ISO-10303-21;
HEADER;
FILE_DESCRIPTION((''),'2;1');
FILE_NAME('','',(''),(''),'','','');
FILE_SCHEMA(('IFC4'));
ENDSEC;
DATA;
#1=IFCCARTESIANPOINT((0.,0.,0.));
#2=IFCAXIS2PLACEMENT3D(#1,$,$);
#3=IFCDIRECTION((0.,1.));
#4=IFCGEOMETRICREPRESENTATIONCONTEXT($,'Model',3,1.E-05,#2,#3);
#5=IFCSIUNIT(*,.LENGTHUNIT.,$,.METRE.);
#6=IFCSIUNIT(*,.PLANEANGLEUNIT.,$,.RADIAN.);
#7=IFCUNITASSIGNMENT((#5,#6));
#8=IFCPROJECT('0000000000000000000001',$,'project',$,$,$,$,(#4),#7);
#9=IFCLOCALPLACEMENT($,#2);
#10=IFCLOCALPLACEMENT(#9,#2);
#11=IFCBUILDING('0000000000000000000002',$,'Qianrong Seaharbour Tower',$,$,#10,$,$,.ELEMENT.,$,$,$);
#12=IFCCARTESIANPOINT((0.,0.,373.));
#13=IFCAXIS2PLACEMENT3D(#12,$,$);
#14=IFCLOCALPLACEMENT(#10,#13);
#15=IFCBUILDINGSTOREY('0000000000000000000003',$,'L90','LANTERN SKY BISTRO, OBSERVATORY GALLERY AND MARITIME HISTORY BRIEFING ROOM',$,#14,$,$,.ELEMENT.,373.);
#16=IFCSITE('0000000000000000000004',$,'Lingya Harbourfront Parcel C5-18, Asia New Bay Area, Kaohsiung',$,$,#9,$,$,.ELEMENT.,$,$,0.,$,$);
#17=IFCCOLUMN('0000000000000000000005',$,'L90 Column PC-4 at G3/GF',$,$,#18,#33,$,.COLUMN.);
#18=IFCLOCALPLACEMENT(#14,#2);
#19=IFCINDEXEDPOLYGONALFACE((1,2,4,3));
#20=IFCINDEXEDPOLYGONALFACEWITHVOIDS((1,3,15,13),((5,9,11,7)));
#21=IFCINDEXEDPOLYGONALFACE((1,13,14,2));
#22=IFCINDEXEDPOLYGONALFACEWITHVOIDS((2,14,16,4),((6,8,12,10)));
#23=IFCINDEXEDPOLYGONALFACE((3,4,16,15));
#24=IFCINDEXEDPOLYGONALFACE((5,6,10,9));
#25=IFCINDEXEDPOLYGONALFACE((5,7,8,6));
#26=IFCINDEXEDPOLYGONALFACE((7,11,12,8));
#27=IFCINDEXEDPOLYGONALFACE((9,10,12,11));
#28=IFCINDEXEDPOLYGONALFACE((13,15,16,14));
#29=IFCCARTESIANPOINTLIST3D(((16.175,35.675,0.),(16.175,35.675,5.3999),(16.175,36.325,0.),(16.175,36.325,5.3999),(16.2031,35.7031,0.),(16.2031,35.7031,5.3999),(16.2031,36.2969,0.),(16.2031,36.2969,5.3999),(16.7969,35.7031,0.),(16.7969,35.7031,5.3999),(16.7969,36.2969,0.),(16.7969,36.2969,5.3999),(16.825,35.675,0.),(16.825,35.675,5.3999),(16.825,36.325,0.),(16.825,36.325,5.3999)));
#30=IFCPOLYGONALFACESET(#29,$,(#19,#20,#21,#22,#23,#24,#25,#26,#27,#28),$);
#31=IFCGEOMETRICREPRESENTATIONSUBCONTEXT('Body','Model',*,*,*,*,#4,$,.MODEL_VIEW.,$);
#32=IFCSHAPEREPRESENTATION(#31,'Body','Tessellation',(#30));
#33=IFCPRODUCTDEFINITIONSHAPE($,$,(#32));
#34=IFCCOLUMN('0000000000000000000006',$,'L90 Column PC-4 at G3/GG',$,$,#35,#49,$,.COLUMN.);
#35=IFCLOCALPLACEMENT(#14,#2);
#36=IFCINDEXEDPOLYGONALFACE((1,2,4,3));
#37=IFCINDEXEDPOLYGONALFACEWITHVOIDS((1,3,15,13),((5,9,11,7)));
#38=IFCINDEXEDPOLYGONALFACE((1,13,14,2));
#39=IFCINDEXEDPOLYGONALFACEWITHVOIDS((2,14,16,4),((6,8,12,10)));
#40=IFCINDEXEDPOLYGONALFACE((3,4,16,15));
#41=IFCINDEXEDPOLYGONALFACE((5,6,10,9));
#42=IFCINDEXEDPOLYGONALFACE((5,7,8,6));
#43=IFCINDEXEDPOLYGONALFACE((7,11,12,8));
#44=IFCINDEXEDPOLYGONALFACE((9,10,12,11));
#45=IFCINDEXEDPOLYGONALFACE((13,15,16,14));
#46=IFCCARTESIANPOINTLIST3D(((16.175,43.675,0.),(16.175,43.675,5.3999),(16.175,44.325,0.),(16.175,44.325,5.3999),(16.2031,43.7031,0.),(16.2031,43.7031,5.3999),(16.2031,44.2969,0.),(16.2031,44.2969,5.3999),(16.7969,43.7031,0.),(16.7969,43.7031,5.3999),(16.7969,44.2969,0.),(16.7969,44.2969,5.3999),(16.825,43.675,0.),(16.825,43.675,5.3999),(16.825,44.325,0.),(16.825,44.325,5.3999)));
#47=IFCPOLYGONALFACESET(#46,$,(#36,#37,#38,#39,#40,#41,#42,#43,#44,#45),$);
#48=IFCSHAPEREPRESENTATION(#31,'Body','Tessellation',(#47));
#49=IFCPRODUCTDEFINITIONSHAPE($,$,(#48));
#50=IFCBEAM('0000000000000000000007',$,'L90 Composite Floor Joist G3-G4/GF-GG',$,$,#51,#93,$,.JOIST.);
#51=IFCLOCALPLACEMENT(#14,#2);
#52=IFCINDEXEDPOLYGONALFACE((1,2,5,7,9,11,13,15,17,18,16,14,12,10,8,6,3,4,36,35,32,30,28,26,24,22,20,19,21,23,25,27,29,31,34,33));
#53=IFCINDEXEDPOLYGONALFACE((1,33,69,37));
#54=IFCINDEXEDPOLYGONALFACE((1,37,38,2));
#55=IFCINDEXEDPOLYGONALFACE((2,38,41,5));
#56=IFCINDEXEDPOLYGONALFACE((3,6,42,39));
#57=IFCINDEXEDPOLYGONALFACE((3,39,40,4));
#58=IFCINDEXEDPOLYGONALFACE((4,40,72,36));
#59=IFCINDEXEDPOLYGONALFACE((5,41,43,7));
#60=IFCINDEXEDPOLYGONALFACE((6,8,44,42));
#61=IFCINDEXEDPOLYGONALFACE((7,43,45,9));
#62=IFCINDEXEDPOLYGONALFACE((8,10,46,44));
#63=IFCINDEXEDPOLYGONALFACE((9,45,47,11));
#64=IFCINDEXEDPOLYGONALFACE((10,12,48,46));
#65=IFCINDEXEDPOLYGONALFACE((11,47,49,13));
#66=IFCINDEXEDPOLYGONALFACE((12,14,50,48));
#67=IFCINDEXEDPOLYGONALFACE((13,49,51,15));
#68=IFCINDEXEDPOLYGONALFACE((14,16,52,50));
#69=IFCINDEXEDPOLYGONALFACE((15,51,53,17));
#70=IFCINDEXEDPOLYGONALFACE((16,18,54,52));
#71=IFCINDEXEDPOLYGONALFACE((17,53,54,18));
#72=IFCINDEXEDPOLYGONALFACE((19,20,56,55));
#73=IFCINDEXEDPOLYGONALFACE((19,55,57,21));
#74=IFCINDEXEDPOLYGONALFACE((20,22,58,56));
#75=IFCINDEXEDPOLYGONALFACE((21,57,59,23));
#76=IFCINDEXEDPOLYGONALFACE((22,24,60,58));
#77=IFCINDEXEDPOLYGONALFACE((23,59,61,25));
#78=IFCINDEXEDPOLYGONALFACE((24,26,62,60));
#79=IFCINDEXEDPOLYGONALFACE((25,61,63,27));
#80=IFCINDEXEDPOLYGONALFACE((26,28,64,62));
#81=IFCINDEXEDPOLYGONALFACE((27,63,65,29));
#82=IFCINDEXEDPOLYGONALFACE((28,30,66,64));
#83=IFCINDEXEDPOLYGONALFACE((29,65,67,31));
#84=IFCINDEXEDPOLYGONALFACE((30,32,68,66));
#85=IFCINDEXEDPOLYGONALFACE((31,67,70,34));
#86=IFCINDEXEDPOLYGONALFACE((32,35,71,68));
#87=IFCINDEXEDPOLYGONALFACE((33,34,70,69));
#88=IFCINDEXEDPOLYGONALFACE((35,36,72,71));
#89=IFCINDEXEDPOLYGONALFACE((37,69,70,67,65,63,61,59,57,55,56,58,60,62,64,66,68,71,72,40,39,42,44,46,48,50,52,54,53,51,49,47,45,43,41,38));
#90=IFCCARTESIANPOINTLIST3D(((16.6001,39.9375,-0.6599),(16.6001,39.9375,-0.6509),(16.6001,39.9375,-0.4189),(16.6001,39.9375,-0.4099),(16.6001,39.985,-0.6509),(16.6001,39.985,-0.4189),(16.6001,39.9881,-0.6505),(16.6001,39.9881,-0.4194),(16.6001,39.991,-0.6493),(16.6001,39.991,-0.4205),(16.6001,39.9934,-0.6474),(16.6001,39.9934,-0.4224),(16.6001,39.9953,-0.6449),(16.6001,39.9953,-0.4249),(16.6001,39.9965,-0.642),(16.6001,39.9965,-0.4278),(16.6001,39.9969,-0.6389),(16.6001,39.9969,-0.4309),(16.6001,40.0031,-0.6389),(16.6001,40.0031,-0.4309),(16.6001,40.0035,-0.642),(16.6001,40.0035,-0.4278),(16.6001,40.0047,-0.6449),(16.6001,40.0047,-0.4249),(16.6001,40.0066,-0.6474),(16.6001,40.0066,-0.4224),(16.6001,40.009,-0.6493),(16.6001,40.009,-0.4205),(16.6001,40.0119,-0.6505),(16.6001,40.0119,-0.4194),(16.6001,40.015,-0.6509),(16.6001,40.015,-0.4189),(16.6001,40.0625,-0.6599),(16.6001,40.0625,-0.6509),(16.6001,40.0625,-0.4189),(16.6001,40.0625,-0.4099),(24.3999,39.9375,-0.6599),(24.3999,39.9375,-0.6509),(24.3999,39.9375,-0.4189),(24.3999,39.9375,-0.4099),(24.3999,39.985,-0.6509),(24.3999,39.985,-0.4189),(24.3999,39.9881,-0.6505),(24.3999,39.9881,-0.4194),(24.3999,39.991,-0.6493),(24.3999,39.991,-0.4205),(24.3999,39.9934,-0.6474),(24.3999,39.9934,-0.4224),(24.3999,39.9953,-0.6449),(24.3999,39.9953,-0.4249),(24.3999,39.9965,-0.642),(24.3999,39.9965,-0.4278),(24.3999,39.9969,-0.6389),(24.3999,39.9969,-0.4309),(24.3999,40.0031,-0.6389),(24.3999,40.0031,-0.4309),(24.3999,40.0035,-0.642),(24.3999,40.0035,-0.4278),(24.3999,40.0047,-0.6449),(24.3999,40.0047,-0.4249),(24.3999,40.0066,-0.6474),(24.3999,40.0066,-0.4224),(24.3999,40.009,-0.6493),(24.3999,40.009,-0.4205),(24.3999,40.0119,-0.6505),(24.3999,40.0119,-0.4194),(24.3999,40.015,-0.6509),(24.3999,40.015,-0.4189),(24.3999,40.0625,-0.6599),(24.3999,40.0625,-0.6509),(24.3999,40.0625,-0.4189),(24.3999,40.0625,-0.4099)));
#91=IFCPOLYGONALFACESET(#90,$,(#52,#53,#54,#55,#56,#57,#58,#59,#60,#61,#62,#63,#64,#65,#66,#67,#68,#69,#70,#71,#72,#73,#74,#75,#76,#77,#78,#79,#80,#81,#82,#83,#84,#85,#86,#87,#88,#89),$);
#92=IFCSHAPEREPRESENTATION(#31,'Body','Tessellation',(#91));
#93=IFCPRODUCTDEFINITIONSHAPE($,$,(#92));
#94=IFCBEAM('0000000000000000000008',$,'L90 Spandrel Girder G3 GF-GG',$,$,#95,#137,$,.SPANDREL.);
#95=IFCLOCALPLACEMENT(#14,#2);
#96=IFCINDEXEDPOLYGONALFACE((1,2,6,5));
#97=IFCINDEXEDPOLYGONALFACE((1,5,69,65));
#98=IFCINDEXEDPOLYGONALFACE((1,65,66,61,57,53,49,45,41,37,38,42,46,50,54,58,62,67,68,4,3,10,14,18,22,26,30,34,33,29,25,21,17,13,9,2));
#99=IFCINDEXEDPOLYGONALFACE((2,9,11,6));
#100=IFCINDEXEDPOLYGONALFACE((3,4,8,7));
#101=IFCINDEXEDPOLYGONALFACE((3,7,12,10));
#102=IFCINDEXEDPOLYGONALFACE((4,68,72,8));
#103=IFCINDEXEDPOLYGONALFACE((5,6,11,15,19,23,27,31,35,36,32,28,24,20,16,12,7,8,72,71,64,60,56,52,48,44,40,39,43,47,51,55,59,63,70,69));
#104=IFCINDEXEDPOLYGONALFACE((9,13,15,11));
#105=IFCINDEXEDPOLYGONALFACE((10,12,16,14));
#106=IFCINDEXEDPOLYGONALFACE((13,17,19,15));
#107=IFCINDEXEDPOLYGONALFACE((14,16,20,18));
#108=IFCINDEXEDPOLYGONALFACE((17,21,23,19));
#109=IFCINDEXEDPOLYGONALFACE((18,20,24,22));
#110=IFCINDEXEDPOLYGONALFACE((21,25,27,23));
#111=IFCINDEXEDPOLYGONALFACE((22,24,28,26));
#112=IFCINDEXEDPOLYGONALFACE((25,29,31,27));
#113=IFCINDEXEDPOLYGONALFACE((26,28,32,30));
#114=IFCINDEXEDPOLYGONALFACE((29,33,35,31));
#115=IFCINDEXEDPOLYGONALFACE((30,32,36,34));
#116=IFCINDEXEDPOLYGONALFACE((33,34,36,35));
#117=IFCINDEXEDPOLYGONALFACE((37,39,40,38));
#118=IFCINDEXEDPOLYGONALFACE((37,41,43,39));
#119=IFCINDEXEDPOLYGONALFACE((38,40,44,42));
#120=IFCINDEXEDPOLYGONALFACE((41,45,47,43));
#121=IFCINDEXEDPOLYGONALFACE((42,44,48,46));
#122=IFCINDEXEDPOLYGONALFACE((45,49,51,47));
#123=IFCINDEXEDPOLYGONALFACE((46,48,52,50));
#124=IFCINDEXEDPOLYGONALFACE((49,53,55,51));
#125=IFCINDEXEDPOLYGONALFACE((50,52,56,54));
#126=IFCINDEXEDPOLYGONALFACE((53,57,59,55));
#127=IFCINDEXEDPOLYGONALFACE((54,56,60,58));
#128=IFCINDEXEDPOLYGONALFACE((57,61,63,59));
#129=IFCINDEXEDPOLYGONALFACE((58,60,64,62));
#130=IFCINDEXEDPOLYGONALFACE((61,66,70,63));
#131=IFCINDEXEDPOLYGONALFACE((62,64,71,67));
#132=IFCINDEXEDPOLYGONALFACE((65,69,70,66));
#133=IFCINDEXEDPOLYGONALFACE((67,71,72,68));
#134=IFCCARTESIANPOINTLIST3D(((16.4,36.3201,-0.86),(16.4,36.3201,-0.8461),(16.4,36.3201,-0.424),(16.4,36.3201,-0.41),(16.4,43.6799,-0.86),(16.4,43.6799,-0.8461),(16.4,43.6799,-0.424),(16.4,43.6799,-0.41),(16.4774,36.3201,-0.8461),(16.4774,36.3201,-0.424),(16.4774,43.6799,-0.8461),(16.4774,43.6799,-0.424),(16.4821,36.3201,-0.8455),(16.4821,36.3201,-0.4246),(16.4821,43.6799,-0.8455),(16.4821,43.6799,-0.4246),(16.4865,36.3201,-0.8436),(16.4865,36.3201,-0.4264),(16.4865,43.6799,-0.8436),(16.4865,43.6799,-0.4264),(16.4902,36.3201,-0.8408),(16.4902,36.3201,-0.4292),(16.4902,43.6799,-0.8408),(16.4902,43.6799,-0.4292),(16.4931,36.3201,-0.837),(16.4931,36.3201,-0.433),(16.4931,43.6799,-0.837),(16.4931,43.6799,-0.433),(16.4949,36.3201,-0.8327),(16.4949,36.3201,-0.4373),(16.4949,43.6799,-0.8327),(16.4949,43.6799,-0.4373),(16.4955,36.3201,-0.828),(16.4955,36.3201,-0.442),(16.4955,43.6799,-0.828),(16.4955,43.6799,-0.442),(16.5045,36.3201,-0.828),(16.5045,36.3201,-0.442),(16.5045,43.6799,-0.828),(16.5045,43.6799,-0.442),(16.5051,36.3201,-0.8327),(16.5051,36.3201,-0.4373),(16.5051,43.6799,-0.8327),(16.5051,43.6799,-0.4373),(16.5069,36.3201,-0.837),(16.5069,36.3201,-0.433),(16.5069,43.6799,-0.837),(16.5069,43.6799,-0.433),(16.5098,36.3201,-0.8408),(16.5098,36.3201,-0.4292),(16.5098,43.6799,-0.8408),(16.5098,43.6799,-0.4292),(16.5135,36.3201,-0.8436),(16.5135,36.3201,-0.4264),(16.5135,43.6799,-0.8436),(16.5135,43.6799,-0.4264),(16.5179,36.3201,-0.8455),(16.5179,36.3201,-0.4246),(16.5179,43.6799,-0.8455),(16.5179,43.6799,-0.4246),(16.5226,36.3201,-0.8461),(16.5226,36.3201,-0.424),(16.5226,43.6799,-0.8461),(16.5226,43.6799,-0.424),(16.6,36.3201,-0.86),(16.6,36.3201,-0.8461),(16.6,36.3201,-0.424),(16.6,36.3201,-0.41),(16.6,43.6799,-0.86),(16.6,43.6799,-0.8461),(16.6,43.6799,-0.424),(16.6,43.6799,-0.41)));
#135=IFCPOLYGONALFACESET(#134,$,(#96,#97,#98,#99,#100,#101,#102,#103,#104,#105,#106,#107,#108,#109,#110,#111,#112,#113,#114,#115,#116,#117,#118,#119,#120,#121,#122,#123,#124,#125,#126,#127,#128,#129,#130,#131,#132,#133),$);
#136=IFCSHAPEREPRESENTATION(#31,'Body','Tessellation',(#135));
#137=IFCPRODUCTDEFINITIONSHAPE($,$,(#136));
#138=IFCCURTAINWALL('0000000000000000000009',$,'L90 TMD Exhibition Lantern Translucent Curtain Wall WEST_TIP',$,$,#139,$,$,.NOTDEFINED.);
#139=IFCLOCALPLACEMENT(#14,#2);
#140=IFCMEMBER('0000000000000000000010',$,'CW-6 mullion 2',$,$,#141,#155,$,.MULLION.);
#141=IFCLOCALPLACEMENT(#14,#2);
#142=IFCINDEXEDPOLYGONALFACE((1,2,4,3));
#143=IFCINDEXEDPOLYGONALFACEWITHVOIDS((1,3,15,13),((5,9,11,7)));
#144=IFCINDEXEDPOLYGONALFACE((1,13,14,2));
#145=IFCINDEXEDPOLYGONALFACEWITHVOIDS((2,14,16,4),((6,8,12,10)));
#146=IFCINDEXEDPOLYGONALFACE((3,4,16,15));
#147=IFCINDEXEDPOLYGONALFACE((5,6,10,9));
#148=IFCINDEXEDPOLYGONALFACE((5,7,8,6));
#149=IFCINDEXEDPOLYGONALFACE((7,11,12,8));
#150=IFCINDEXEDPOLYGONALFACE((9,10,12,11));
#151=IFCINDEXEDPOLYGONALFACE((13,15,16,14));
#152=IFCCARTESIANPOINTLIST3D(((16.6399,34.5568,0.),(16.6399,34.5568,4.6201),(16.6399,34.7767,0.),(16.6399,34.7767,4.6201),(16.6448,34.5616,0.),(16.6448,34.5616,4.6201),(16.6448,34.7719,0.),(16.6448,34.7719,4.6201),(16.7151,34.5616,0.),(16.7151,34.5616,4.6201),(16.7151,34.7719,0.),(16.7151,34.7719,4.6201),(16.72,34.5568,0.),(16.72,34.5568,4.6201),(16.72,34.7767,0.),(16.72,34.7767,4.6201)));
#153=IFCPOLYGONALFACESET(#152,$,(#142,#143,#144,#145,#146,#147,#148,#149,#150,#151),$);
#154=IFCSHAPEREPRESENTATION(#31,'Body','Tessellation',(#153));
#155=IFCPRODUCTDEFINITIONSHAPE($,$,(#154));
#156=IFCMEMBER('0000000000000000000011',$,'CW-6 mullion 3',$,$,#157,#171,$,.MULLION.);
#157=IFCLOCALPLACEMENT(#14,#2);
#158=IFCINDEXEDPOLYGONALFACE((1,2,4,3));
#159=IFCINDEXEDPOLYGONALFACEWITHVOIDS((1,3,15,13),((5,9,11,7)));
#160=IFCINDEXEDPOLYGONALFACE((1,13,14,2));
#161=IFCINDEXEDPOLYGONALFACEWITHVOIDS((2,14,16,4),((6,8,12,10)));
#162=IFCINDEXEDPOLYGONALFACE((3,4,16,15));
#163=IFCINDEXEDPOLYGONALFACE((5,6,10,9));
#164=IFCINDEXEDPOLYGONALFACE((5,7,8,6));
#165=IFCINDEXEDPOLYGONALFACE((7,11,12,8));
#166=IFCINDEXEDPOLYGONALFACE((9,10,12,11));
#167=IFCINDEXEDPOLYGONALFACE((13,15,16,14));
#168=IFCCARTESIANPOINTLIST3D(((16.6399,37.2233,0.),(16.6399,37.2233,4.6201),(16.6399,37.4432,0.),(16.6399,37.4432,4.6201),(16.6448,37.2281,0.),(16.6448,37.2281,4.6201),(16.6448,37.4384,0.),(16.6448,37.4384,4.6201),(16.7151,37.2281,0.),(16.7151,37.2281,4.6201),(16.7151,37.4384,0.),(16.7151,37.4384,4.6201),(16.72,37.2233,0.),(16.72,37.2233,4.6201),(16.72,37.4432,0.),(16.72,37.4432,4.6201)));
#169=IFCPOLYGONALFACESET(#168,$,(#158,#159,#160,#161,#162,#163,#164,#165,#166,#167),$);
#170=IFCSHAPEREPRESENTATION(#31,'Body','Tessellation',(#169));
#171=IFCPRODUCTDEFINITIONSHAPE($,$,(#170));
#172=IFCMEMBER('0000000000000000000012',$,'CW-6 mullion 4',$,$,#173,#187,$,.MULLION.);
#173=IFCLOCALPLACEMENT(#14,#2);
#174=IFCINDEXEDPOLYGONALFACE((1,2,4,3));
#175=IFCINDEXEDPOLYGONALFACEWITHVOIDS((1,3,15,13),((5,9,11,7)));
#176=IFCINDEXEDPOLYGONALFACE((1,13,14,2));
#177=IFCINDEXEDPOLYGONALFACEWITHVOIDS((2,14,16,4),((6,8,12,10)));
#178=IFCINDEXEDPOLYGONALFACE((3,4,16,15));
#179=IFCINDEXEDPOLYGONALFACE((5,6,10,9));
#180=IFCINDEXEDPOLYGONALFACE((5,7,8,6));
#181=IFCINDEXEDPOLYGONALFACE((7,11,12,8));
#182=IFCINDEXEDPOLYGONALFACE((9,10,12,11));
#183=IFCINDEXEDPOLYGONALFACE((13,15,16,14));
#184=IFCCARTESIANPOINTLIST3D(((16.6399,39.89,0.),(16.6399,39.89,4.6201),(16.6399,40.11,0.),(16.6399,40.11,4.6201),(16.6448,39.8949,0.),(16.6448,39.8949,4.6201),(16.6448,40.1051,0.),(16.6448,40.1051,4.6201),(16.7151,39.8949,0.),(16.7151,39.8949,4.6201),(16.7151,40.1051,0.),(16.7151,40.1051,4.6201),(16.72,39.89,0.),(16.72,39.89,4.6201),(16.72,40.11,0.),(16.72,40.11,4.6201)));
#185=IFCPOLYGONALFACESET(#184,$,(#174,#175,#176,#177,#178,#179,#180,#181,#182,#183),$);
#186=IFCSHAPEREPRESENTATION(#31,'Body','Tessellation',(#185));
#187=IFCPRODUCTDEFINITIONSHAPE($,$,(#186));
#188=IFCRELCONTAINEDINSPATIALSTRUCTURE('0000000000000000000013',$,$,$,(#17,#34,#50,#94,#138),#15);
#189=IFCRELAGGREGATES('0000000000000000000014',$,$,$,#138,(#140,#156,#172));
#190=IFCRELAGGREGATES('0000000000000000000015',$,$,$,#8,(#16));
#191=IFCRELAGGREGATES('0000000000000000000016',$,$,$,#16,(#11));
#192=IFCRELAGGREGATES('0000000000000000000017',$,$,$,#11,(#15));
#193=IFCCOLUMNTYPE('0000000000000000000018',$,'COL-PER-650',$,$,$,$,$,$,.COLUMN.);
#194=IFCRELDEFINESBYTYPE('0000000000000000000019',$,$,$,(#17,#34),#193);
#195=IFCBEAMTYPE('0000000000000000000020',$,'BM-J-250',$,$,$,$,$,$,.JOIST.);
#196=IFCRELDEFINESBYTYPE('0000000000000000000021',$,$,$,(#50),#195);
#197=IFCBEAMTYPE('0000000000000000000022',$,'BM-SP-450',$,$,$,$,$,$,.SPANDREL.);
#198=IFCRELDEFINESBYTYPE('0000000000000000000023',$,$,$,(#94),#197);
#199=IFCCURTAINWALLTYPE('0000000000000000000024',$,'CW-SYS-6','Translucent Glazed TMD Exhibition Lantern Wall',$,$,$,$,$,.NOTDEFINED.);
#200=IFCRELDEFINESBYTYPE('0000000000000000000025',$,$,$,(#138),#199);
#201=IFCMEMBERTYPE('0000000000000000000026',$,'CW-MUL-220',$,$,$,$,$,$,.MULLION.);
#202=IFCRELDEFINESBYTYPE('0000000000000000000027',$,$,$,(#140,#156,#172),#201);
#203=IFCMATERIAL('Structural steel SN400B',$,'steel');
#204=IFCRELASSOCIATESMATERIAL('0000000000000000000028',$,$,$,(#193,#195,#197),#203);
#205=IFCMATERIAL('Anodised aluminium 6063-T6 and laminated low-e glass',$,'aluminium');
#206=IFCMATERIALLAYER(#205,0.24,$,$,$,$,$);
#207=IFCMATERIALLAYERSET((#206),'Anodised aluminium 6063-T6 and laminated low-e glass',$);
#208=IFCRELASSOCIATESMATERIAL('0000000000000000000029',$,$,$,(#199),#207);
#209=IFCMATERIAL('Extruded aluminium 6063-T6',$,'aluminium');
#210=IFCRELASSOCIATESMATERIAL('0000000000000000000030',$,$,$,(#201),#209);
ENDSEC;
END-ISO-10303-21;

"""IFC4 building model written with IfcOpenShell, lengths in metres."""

from ifc_helpers import new_model, si_unit, direction, frame, origin, origin_2d, place, context, subcontext, project, spatial, hollow_rectangle, i_section, extrude, material, layer, layer_set, material_profile, profile_set, type_object, element, aggregate, save


model = new_model("IFC4")

# Units and contexts
model_context = context("Model", 3, precision=1e-05, world=origin(), true_north=direction((0.0, 1.0)))
body_context = subcontext(model_context, "Body", "Model", "MODEL_VIEW")
ifc_project = project(units=[si_unit("LENGTHUNIT", "METRE"), si_unit("PLANEANGLEUNIT", "RADIAN")], contexts=[model_context])

# Site, building, storey
site_placement = place(None, origin())
site = spatial("IfcSite", under=ifc_project, at=site_placement, Name="Lingya Harbourfront Parcel C5-18, Asia New Bay Area, Kaohsiung", CompositionType="ELEMENT", RefElevation=0.0)
building_placement = place(site_placement, origin())
building = spatial("IfcBuilding", under=site, at=building_placement, Name="Qianrong Seaharbour Tower", CompositionType="ELEMENT")
storey_placement = place(building_placement, frame((0.0, 0.0, 373.0)))
storey = spatial("IfcBuildingStorey", under=building, at=storey_placement, Name="L90", Description="LANTERN SKY BISTRO, OBSERVATORY GALLERY AND MARITIME HISTORY BRIEFING ROOM", CompositionType="ELEMENT", Elevation=373.0)

# Columns
ifc_material_1 = material(Name="Structural steel SN400B", Category="steel")
ifc_material_profile_1 = material_profile(ifc_material_1, hollow_rectangle(XDim=0.6499, YDim=0.6499, WallThickness=0.0281, at=origin_2d()), Name="BOX650x650x28")
ifc_profile_set_1 = profile_set([ifc_material_profile_1], Name="Structural steel SN400B")
column_type = type_object("IfcColumnType", Name="COL-PER-650", PredefinedType="COLUMN", material=ifc_profile_set_1)
for number, where, z_axis, x_axis, name in (
    (1, (16.5, 36.0, 0.0), (0.0, 0.0, 1.0), (1.0, 0.0, 0.0), "L90 Column PC-4 at G3/GF"),
    (2, (16.5, 44.0, 0.0), (0.0, 0.0, 1.0), (1.0, 0.0, 0.0), "L90 Column PC-4 at G3/GG"),
):
    element("IfcColumn", number, at=place(storey_placement, frame(where, z_axis=z_axis, x_axis=x_axis)), inside=storey, type_object=column_type, Name=name, PredefinedType="COLUMN", context=body_context, shape_type="SweptSolid", body=[
        extrude(hollow_rectangle(XDim=0.6499, YDim=0.6499, WallThickness=0.0281, at=origin_2d()), origin(), (0.0, 0.0, 1.0), 5.3999),
    ])

# Beams
ifc_material_profile_2 = material_profile(ifc_material_1, i_section(OverallWidth=0.125, OverallDepth=0.25, WebThickness=0.0061, FlangeThickness=0.009, FilletRadius=0.012, at=origin_2d()), Name="H250x125x6x9")
ifc_profile_set_2 = profile_set([ifc_material_profile_2], Name="Structural steel SN400B")
beam_type_1 = type_object("IfcBeamType", Name="BM-J-250", PredefinedType="JOIST", material=ifc_profile_set_2)
beam_1_placement = place(storey_placement, frame((16.6001, 40.0, -0.5349), z_axis=(1.0, 0.0, 0.0), x_axis=(0.0, 1.0, 0.0)))
element("IfcBeam", 3, at=beam_1_placement, inside=storey, type_object=beam_type_1, Name="L90 Composite Floor Joist G3-G4/GF-GG", PredefinedType="JOIST", context=body_context, shape_type="SweptSolid", body=[
    extrude(i_section(OverallWidth=0.125, OverallDepth=0.25, WebThickness=0.0061, FlangeThickness=0.009, FilletRadius=0.012, at=origin_2d()), origin(), (0.0, 0.0, 1.0), 7.7998),
])
ifc_material_profile_3 = material_profile(ifc_material_1, i_section(OverallWidth=0.2, OverallDepth=0.45, WebThickness=0.009, FlangeThickness=0.0139, FilletRadius=0.0181, at=origin_2d()), Name="H450x200x9x14")
ifc_profile_set_3 = profile_set([ifc_material_profile_3], Name="Structural steel SN400B")
beam_type_2 = type_object("IfcBeamType", Name="BM-SP-450", PredefinedType="SPANDREL", material=ifc_profile_set_3)
beam_2_placement = place(storey_placement, frame((16.5, 36.3201, -0.635), z_axis=(0.0, 1.0, 0.0), x_axis=(-1.0, 0.0, 0.0)))
element("IfcBeam", 4, at=beam_2_placement, inside=storey, type_object=beam_type_2, Name="L90 Spandrel Girder G3 GF-GG", PredefinedType="SPANDREL", context=body_context, shape_type="SweptSolid", body=[
    extrude(i_section(OverallWidth=0.2, OverallDepth=0.45, WebThickness=0.009, FlangeThickness=0.0139, FilletRadius=0.0181, at=origin_2d()), origin(), (0.0, 0.0, 1.0), 7.3599),
])

# Curtain wall, members
ifc_material_2 = material(Name="Anodised aluminium 6063-T6 and laminated low-e glass", Category="aluminium")
ifc_layer_1 = layer(ifc_material_2, 0.24)
ifc_layer_set_1 = layer_set([ifc_layer_1], Name="Anodised aluminium 6063-T6 and laminated low-e glass")
curtain_wall_type = type_object("IfcCurtainWallType", Name="CW-SYS-6", Description="Translucent Glazed TMD Exhibition Lantern Wall", PredefinedType="NOTDEFINED", material=ifc_layer_set_1)
curtain_wall_placement = place(storey_placement, origin())
curtain_wall = element("IfcCurtainWall", 5, at=curtain_wall_placement, inside=storey, type_object=curtain_wall_type, Name="L90 TMD Exhibition Lantern Translucent Curtain Wall WEST_TIP", PredefinedType="NOTDEFINED")
ifc_material_3 = material(Name="Extruded aluminium 6063-T6", Category="aluminium")
ifc_material_profile_4 = material_profile(ifc_material_3, hollow_rectangle(XDim=0.0801, YDim=0.22, WallThickness=0.0049, at=origin_2d()), Name="ALU-MUL-220x80x5")
ifc_profile_set_4 = profile_set([ifc_material_profile_4], Name="Extruded aluminium 6063-T6")
member_type_1 = type_object("IfcMemberType", Name="CW-MUL-220", PredefinedType="MULLION", material=ifc_profile_set_4)
member_1_placement = place(storey_placement, frame((16.6799, 34.6667, 0.0), z_axis=(0.0, 0.0, 1.0), x_axis=(-1.0, 0.0, 0.0)))
member_1 = element("IfcMember", 6, at=member_1_placement, type_object=member_type_1, Name="CW-6 mullion 2", PredefinedType="MULLION", context=body_context, shape_type="SweptSolid", body=[
    extrude(hollow_rectangle(XDim=0.0801, YDim=0.22, WallThickness=0.0049, at=origin_2d()), origin(), (0.0, 0.0, 1.0), 4.6201),
])
member_2_placement = place(storey_placement, frame((16.6799, 37.3333, 0.0), z_axis=(0.0, 0.0, 1.0), x_axis=(-1.0, 0.0, 0.0)))
member_2 = element("IfcMember", 7, at=member_2_placement, type_object=member_type_1, Name="CW-6 mullion 3", PredefinedType="MULLION", context=body_context, shape_type="SweptSolid", body=[
    extrude(hollow_rectangle(XDim=0.0801, YDim=0.22, WallThickness=0.0049, at=origin_2d()), origin(), (0.0, 0.0, 1.0), 4.6201),
])
member_3_placement = place(storey_placement, frame((16.6799, 40.0, 0.0), z_axis=(0.0, 0.0, 1.0), x_axis=(-1.0, 0.0, 0.0)))
member_3 = element("IfcMember", 8, at=member_3_placement, type_object=member_type_1, Name="CW-6 mullion 4", PredefinedType="MULLION", context=body_context, shape_type="SweptSolid", body=[
    extrude(hollow_rectangle(XDim=0.0801, YDim=0.22, WallThickness=0.0049, at=origin_2d()), origin(), (0.0, 0.0, 1.0), 4.6201),
])
aggregate(curtain_wall, [member_1, member_2, member_3])

save(model, "model.ifc")
